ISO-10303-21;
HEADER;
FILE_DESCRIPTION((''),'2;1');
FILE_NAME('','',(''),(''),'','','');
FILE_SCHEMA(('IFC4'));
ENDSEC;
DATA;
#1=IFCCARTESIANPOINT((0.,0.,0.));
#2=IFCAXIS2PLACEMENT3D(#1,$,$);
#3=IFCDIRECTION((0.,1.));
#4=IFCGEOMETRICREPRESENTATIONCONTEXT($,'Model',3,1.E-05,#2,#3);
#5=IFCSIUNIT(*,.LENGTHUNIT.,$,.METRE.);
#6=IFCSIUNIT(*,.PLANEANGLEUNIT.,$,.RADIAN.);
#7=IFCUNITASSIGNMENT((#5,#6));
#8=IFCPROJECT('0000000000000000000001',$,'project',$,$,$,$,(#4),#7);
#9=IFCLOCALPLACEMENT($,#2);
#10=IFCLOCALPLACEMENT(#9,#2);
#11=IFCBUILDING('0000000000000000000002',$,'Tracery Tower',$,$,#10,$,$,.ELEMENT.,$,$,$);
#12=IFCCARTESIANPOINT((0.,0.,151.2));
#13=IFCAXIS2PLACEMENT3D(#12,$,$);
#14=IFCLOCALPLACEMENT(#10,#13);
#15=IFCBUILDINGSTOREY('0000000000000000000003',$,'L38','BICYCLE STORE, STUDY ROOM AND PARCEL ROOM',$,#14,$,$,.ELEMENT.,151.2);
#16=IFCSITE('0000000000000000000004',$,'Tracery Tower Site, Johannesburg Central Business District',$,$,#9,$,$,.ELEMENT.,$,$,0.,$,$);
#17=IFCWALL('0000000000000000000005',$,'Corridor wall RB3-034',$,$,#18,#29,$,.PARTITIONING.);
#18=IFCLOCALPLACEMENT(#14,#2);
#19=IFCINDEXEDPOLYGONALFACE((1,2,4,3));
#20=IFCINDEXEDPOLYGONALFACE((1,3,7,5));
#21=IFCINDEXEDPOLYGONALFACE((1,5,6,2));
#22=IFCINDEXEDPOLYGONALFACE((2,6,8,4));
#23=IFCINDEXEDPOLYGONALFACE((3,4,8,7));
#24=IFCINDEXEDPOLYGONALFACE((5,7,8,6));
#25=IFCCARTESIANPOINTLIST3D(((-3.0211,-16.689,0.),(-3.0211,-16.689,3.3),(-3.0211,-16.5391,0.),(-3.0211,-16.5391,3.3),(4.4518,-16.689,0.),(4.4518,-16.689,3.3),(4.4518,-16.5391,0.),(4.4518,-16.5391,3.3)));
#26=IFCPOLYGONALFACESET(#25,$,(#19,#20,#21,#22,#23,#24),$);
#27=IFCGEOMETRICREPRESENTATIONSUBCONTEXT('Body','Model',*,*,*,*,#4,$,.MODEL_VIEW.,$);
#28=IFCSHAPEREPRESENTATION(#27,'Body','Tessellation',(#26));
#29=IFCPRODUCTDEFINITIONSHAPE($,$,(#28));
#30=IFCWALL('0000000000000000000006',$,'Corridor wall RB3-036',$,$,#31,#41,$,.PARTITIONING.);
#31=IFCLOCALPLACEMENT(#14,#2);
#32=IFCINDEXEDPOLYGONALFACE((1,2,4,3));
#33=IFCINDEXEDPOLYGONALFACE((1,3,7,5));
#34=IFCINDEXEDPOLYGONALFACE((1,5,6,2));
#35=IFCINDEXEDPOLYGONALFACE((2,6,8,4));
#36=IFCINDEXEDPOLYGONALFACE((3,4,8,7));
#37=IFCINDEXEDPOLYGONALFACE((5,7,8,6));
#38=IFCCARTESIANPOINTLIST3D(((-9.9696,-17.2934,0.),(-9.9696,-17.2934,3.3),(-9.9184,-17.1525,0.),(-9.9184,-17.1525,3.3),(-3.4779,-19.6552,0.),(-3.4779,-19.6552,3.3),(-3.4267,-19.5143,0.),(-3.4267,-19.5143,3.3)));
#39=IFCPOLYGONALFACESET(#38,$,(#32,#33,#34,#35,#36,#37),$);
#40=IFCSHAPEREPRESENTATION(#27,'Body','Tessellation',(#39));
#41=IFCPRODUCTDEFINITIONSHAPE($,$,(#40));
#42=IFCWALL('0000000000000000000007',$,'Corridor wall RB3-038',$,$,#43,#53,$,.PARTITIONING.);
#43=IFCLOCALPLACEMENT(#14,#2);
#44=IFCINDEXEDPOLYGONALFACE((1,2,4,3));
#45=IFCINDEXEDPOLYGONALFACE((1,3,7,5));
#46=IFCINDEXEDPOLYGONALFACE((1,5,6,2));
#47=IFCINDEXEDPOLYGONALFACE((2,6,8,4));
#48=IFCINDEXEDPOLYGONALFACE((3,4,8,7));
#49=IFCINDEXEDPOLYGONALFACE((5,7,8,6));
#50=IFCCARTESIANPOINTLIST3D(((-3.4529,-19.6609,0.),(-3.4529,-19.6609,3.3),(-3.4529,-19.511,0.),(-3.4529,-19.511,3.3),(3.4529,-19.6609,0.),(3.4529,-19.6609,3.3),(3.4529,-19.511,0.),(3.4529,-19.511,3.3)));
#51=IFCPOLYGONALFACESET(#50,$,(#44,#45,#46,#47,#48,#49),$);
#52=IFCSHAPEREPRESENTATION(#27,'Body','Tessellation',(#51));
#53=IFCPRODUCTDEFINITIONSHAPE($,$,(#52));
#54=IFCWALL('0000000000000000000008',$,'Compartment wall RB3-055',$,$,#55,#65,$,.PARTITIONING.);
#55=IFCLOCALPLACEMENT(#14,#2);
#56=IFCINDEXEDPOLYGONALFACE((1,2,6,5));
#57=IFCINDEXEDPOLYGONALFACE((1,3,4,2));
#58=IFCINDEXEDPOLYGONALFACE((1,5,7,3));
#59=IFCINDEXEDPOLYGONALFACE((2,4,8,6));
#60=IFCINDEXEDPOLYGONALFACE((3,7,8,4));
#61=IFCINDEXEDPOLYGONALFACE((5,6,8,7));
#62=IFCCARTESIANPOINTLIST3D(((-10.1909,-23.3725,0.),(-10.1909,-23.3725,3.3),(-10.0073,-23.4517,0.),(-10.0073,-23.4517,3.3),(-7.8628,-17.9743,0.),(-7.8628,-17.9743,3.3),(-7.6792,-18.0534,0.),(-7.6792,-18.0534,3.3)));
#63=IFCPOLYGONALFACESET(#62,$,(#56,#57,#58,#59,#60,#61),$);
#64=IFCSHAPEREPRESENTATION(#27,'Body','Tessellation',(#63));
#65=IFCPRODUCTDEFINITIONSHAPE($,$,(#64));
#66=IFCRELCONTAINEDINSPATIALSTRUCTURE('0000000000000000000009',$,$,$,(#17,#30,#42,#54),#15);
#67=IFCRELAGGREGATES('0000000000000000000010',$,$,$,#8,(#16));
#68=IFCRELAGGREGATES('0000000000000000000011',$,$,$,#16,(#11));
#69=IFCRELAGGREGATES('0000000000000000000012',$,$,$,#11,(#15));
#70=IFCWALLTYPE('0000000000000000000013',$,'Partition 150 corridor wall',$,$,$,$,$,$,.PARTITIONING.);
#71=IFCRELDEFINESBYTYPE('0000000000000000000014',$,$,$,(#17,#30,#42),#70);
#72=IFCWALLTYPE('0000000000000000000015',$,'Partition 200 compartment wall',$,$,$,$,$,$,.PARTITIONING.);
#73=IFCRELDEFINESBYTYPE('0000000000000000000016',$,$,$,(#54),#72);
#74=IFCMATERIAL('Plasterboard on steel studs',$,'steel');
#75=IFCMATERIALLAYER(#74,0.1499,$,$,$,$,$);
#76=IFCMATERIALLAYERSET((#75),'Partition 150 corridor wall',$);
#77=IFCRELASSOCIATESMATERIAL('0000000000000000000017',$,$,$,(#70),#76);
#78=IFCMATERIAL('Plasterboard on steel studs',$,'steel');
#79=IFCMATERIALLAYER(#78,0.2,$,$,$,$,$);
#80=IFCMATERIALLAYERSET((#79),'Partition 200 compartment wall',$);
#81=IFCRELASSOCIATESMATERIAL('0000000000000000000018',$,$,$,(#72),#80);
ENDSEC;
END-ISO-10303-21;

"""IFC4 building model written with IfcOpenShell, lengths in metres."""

from ifc_helpers import new_model, si_unit, direction, frame, frame_2d, origin, place, context, subcontext, project, spatial, rectangle, extrude, material, layer, layer_set, type_object, element, save


model = new_model("IFC4")

# Units and contexts
model_context = context("Model", 3, precision=1e-05, world=origin(), true_north=direction((0.0, 1.0)))
body_context = subcontext(model_context, "Body", "Model", "MODEL_VIEW")
ifc_project = project(units=[si_unit("LENGTHUNIT", "METRE"), si_unit("PLANEANGLEUNIT", "RADIAN")], contexts=[model_context])

# Site, building, storey
site_placement = place(None, origin())
site = spatial("IfcSite", under=ifc_project, at=site_placement, Name="Tracery Tower Site, Johannesburg Central Business District", CompositionType="ELEMENT", RefElevation=0.0)
building_placement = place(site_placement, origin())
building = spatial("IfcBuilding", under=site, at=building_placement, Name="Tracery Tower", CompositionType="ELEMENT")
storey_placement = place(building_placement, frame((0.0, 0.0, 151.2)))
storey = spatial("IfcBuildingStorey", under=building, at=storey_placement, Name="L38", Description="BICYCLE STORE, STUDY ROOM AND PARCEL ROOM", CompositionType="ELEMENT", Elevation=151.2)

# Shared definitions
ifc_material_1 = material(Name="Plasterboard on steel studs", Category="steel")
ifc_layer_1 = layer(ifc_material_1, 0.1499)
ifc_layer_set_1 = layer_set([ifc_layer_1], Name="Partition 150 corridor wall")
wall_type_1 = type_object("IfcWallType", Name="Partition 150 corridor wall", PredefinedType="PARTITIONING", material=ifc_layer_set_1)

# Walls
wall_1_placement = place(storey_placement, frame((-3.021, -16.614, 0.0), z_axis=(0.0, 0.0, 1.0), x_axis=(1.0, 0.0, 0.0)))
element("IfcWall", 1, at=wall_1_placement, inside=storey, type_object=wall_type_1, Name="Corridor wall RB3-034", PredefinedType="PARTITIONING", context=body_context, shape_type="SweptSolid", body=[
    extrude(rectangle(XDim=7.4729, YDim=0.1499, at=frame_2d((3.7363, 0.0))), origin(), (0.0, 0.0, 1.0), 3.3),
])
wall_2_placement = place(storey_placement, frame((-9.9441, -17.2229, 0.0), z_axis=(0.0, 0.0, 1.0), x_axis=(0.939738, -0.341896, 0.0)))
element("IfcWall", 2, at=wall_2_placement, inside=storey, type_object=wall_type_1, Name="Corridor wall RB3-036", PredefinedType="PARTITIONING", context=body_context, shape_type="SweptSolid", body=[
    extrude(rectangle(XDim=6.908, YDim=0.1499, at=frame_2d((3.4541, 0.0))), origin(), (0.0, 0.0, 1.0), 3.3),
])
wall_3_placement = place(storey_placement, frame((-3.4529, -19.5859, 0.0), z_axis=(0.0, 0.0, 1.0), x_axis=(1.0, 0.0, 0.0)))
element("IfcWall", 3, at=wall_3_placement, inside=storey, type_object=wall_type_1, Name="Corridor wall RB3-038", PredefinedType="PARTITIONING", context=body_context, shape_type="SweptSolid", body=[
    extrude(rectangle(XDim=6.9058, YDim=0.1499, at=frame_2d((3.4529, 0.0))), origin(), (0.0, 0.0, 1.0), 3.3),
])
ifc_material_2 = material(Name="Plasterboard on steel studs", Category="steel")
ifc_layer_2 = layer(ifc_material_2, 0.2)
ifc_layer_set_2 = layer_set([ifc_layer_2], Name="Partition 200 compartment wall")
wall_type_2 = type_object("IfcWallType", Name="Partition 200 compartment wall", PredefinedType="PARTITIONING", material=ifc_layer_set_2)
wall_4_placement = place(storey_placement, frame((-10.0991, -23.4121, 0.0), z_axis=(0.0, 0.0, 1.0), x_axis=(0.396018, 0.918243, 0.0)))
element("IfcWall", 4, at=wall_4_placement, inside=storey, type_object=wall_type_2, Name="Compartment wall RB3-055", PredefinedType="PARTITIONING", context=body_context, shape_type="SweptSolid", body=[
    extrude(rectangle(XDim=5.8789, YDim=0.2, at=frame_2d((2.9395, 0.0))), origin(), (0.0, 0.0, 1.0), 3.3),
])

save(model, "model.ifc")
